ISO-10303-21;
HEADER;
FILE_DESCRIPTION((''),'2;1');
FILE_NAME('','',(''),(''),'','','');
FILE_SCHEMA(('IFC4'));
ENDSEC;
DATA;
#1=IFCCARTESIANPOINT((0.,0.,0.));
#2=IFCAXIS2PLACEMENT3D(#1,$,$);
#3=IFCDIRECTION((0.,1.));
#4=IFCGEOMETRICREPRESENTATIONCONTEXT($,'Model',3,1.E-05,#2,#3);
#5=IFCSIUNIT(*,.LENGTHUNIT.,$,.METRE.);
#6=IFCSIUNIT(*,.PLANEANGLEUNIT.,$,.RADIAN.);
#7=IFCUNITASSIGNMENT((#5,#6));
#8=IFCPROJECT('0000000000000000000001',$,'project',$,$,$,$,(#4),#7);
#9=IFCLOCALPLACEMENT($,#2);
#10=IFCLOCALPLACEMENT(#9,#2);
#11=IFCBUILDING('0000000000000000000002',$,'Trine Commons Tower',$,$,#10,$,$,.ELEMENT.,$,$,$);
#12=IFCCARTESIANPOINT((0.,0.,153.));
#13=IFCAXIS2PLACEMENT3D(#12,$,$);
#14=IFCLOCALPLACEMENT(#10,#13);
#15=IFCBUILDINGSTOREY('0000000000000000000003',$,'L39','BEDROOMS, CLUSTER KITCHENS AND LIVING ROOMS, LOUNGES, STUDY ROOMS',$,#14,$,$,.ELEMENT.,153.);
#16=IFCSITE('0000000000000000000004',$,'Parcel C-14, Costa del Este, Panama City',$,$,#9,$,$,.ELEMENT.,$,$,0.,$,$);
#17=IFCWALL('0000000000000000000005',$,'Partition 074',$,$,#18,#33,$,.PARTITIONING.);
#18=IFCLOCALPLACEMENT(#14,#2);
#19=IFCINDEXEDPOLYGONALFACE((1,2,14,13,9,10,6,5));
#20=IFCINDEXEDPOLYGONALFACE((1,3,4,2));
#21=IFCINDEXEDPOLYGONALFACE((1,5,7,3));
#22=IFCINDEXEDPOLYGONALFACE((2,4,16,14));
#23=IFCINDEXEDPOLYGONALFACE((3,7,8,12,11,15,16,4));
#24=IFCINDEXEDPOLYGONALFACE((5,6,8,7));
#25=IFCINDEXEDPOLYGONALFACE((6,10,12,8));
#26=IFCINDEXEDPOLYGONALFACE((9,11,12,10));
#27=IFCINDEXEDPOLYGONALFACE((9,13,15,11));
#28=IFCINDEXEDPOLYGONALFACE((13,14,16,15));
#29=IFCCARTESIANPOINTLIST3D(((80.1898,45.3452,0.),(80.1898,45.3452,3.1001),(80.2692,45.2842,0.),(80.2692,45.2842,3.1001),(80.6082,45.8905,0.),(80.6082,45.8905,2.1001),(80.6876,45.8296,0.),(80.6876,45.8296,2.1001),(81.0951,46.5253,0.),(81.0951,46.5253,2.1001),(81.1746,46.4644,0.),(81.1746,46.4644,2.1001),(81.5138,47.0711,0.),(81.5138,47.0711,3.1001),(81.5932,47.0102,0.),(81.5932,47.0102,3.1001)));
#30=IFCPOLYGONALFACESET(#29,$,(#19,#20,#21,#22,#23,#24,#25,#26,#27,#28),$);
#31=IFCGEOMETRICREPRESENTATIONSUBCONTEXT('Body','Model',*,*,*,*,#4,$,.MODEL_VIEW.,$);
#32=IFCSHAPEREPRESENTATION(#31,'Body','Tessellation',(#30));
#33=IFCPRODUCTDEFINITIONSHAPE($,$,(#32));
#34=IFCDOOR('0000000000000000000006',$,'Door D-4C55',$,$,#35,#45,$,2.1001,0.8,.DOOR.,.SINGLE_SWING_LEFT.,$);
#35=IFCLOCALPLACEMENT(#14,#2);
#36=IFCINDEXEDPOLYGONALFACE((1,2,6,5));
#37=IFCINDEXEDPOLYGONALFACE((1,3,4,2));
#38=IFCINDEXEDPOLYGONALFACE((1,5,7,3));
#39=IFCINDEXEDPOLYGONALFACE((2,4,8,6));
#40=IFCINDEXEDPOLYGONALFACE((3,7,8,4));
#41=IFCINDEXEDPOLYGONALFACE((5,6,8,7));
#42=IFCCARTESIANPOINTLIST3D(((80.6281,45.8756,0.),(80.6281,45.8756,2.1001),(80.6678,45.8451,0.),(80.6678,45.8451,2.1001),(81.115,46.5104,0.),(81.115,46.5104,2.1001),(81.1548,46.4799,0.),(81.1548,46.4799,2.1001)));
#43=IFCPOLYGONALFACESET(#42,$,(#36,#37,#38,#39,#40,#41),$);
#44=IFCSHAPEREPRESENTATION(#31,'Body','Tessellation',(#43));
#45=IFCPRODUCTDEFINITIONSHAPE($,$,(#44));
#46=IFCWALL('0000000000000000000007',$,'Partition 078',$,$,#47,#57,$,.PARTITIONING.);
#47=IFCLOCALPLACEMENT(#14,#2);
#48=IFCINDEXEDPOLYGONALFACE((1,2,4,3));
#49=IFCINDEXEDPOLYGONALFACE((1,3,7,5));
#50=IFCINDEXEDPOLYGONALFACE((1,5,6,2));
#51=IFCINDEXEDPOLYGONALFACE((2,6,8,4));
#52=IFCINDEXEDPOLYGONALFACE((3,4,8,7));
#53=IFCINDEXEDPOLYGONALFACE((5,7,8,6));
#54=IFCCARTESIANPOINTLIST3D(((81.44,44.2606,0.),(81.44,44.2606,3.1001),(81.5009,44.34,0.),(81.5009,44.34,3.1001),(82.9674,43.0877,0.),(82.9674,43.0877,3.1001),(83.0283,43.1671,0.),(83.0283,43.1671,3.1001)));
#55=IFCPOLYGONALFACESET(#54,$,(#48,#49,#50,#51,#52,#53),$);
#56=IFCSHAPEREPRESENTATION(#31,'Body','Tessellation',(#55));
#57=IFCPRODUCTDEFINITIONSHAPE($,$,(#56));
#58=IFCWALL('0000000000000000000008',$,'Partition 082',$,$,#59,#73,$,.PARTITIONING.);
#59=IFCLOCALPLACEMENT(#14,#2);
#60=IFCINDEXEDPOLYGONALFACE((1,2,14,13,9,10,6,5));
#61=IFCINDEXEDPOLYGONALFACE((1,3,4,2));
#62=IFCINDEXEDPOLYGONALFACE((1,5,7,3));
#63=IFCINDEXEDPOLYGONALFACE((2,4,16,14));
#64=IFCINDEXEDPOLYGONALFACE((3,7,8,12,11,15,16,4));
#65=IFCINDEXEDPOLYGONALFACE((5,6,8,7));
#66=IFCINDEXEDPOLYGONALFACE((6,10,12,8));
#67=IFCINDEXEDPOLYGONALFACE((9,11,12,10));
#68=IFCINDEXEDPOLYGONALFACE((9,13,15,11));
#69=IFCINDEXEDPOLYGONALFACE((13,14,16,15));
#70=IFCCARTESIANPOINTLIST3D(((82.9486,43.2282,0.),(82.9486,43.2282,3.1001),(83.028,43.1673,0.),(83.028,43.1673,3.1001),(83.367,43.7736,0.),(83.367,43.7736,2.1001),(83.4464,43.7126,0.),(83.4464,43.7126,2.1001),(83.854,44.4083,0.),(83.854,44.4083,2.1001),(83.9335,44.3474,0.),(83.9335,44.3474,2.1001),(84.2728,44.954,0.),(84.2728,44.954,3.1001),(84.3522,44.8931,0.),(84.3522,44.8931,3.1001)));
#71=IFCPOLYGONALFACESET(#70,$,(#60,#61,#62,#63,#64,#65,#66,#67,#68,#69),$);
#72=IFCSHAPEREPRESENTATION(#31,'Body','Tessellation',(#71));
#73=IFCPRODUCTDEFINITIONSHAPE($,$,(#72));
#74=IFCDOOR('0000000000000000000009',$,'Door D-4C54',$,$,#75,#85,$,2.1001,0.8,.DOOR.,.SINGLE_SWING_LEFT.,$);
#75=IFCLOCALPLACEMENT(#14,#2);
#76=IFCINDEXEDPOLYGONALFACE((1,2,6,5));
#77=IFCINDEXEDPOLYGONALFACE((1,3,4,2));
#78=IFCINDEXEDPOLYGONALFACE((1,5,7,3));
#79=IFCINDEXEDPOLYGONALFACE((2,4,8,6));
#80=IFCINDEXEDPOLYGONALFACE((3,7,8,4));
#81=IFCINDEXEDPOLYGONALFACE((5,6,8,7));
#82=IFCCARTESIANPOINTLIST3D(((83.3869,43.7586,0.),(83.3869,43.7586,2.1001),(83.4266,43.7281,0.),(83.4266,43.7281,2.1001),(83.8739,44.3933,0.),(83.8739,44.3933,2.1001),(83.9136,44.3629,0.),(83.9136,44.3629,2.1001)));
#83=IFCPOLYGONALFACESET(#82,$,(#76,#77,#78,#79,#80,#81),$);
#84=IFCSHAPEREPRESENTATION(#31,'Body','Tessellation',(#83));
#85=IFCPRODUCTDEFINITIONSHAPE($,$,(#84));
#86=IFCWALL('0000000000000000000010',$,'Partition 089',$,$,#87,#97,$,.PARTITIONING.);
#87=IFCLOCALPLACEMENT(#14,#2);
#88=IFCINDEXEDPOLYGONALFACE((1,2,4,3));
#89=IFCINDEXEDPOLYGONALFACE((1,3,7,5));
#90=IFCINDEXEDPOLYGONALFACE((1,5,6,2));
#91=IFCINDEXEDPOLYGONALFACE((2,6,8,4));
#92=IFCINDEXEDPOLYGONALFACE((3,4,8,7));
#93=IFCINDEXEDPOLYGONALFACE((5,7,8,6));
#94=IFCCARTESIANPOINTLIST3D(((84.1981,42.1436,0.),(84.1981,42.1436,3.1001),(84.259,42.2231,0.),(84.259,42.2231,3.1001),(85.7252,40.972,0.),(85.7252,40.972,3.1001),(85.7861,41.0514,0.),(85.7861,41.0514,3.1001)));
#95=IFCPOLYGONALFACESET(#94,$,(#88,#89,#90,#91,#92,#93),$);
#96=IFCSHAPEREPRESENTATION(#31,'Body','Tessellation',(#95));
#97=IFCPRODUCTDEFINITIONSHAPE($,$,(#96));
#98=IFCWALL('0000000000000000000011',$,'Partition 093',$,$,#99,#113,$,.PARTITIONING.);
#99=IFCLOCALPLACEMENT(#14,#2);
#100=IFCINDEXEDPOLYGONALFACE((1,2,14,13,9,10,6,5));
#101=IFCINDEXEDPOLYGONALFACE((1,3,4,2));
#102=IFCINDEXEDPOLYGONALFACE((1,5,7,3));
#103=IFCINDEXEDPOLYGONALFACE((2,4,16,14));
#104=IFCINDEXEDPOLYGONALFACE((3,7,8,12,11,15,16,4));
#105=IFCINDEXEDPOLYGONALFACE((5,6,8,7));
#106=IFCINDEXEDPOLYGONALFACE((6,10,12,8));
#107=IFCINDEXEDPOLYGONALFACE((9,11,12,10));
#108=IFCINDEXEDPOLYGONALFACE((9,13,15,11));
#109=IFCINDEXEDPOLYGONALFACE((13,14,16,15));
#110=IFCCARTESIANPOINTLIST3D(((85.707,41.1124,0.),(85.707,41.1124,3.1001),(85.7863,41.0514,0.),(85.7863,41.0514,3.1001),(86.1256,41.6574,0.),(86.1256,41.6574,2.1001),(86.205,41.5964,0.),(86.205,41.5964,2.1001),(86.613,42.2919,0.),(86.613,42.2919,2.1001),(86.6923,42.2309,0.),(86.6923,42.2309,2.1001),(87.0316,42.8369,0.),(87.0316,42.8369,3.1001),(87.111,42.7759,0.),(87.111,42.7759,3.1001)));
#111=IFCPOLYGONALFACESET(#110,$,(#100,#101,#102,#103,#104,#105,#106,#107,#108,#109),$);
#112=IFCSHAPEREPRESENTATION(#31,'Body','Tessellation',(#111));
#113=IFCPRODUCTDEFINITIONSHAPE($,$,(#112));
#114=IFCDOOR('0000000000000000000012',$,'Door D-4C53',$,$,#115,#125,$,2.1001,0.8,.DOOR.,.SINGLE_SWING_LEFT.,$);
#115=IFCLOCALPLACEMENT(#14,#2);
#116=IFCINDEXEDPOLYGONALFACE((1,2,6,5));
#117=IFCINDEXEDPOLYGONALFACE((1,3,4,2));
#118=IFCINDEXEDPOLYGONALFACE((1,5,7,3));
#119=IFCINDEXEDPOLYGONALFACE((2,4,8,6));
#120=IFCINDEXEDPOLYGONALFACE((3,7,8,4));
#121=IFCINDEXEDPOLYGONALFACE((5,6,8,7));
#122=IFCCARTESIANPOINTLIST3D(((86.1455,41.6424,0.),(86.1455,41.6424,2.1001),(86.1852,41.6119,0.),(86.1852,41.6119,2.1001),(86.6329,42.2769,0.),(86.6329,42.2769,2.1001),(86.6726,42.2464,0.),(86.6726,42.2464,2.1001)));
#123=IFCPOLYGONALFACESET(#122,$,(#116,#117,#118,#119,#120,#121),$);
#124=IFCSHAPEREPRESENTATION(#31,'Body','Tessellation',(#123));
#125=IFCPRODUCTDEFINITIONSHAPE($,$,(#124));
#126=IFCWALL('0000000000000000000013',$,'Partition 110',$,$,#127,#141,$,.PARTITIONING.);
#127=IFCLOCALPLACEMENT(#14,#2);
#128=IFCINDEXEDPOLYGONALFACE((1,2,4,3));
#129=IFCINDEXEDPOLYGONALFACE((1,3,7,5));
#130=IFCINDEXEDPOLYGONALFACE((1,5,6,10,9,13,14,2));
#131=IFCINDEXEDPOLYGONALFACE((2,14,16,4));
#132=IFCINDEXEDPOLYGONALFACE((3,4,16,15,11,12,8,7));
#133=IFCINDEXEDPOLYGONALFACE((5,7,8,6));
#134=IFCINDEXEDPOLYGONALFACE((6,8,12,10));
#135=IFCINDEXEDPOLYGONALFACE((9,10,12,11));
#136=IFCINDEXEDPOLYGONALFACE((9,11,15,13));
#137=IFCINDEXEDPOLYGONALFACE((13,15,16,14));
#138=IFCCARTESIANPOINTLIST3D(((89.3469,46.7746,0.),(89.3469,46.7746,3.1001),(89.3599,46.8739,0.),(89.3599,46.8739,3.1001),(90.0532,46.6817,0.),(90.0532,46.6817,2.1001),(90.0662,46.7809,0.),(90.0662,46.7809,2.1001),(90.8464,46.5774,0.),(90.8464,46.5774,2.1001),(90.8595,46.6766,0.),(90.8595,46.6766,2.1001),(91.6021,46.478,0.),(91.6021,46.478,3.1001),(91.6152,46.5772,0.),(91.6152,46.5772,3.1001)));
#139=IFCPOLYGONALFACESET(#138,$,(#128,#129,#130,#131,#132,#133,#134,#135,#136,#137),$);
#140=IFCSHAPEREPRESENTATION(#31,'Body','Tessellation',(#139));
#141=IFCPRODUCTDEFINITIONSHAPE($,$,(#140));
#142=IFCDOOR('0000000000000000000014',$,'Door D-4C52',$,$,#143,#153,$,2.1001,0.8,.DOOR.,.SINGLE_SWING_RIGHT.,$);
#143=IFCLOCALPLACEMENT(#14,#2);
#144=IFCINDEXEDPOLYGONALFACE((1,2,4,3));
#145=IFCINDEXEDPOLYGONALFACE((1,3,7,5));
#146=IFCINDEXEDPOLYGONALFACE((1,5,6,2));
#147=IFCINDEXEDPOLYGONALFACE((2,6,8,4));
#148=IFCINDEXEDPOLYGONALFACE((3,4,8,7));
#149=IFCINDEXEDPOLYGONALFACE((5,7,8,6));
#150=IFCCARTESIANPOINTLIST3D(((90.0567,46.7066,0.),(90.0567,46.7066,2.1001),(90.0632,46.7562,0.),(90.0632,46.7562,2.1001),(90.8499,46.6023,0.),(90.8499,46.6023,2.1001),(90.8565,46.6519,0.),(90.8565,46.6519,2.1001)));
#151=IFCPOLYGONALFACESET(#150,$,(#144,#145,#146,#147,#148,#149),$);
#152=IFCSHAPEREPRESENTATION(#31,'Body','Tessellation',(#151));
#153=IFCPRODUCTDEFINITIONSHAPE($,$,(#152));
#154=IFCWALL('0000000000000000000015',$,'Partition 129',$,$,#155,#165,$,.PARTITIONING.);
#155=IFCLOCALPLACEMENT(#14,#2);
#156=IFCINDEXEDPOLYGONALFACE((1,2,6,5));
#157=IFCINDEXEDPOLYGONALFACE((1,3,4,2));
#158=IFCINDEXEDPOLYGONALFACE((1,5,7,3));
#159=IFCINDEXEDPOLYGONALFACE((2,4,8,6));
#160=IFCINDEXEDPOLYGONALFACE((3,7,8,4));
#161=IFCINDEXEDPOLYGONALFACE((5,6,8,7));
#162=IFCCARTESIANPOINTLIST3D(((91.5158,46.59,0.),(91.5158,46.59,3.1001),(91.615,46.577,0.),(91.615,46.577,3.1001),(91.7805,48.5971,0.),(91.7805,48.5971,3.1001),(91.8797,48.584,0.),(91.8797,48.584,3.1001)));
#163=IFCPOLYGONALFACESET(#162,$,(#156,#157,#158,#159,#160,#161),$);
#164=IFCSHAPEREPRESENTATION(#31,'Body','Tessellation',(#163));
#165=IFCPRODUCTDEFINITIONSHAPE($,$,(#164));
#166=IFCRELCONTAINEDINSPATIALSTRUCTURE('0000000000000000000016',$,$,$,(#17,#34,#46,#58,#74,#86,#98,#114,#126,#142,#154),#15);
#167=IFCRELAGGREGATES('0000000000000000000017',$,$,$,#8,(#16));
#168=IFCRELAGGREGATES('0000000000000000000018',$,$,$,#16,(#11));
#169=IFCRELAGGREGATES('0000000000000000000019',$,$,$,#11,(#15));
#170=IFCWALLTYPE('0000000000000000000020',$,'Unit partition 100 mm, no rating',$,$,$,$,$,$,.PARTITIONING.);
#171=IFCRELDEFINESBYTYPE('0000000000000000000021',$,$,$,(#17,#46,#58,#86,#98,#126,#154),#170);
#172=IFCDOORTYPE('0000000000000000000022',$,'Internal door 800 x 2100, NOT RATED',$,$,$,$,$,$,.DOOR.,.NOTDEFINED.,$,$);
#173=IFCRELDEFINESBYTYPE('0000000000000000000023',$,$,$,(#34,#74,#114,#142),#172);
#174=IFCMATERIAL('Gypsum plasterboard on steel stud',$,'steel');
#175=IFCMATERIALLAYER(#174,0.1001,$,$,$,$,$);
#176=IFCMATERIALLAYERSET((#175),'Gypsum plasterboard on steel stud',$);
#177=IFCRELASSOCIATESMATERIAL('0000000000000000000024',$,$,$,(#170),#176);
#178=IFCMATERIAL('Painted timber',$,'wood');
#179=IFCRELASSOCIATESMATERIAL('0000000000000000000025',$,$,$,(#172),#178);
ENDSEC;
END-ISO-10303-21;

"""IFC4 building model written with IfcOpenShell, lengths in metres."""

from ifc_helpers import new_model, si_unit, direction, frame, frame_2d, origin, place, context, subcontext, project, spatial, rectangle, extrude, material, layer, layer_set, type_object, element, fill, save


model = new_model("IFC4")

# Units and contexts
model_context = context("Model", 3, precision=1e-05, world=origin(), true_north=direction((0.0, 1.0)))
body_context = subcontext(model_context, "Body", "Model", "MODEL_VIEW")
ifc_project = project(units=[si_unit("LENGTHUNIT", "METRE"), si_unit("PLANEANGLEUNIT", "RADIAN")], contexts=[model_context])

# Site, building, storey
site_placement = place(None, origin())
site = spatial("IfcSite", under=ifc_project, at=site_placement, Name="Parcel C-14, Costa del Este, Panama City", CompositionType="ELEMENT", RefElevation=0.0)
building_placement = place(site_placement, origin())
building = spatial("IfcBuilding", under=site, at=building_placement, Name="Trine Commons Tower", CompositionType="ELEMENT")
storey_placement = place(building_placement, frame((0.0, 0.0, 153.0)))
storey = spatial("IfcBuildingStorey", under=building, at=storey_placement, Name="L39", Description="BEDROOMS, CLUSTER KITCHENS AND LIVING ROOMS, LOUNGES, STUDY ROOMS", CompositionType="ELEMENT", Elevation=153.0)

# Shared definitions
ifc_material_1 = material(Name="Gypsum plasterboard on steel stud", Category="steel")

# Shared definitions
ifc_material_2 = material(Name="Painted timber", Category="wood")

# Wall, opening, door
ifc_layer_1 = layer(ifc_material_1, 0.1001)
ifc_layer_set_1 = layer_set([ifc_layer_1], Name="Gypsum plasterboard on steel stud")
wall_type_1 = type_object("IfcWallType", Name="Unit partition 100 mm, no rating", PredefinedType="PARTITIONING", material=ifc_layer_set_1)
wall_1_placement = place(storey_placement, frame((80.2295, 45.3147, 0.0), z_axis=(0.0, 0.0, 1.0), x_axis=(0.608674, 0.79342, 0.0)))
wall_1 = element("IfcWall", 1, at=wall_1_placement, inside=storey, type_object=wall_type_1, Name="Partition 074", PredefinedType="PARTITIONING", context=body_context, shape_type="SweptSolid", body=[
    extrude(rectangle(XDim=2.1753, YDim=0.1001, at=frame_2d((1.0876, 0.0))), origin(), (0.0, 0.0, 1.0), 3.1001),
])
opening_1_placement = place(wall_1_placement, frame((0.6875, 0.0, 0.0)))
opening_1 = element("IfcOpeningElement", 2, at=opening_1_placement, cuts=wall_1, PredefinedType="OPENING", context=body_context, shape_type="SweptSolid", body=[
    extrude(rectangle(XDim=0.8, YDim=2.1001, at=frame_2d((0.3999, 1.05))), frame((0.0, 0.0601, 0.0), z_axis=(0.0, -1.0, 0.0), x_axis=(1.0, 0.0, 0.0)), (0.0, 0.0, 1.0), 0.1201),
])
door_type_1 = type_object("IfcDoorType", Name="Internal door 800 x 2100, NOT RATED", OperationType="NOTDEFINED", PredefinedType="DOOR", material=ifc_material_2)
door_1_placement = place(opening_1_placement, frame((0.8, 0.0, 0.0), z_axis=(0.0, 0.0, 1.0), x_axis=(-1.0, 0.0, 0.0)))
door_1 = element("IfcDoor", 3, at=door_1_placement, inside=storey, type_object=door_type_1, Name="Door D-4C55", OperationType="SINGLE_SWING_LEFT", OverallHeight=2.1001, OverallWidth=0.8, PredefinedType="DOOR", context=body_context, shape_type="SweptSolid", body=[
    extrude(rectangle(XDim=0.8, YDim=2.1001, at=frame_2d((0.3999, 1.05))), frame((0.0, 0.0249, 0.0), z_axis=(0.0, -1.0, 0.0), x_axis=(1.0, 0.0, 0.0)), (0.0, 0.0, 1.0), 0.05),
])
fill(opening_1, door_1)

# Wall
wall_2_placement = place(storey_placement, frame((81.4705, 44.3003, 0.0), z_axis=(0.0, 0.0, 1.0), x_axis=(0.793133, -0.609049, 0.0)))
element("IfcWall", 4, at=wall_2_placement, inside=storey, type_object=wall_type_1, Name="Partition 078", PredefinedType="PARTITIONING", context=body_context, shape_type="SweptSolid", body=[
    extrude(rectangle(XDim=1.9258, YDim=0.1001, at=frame_2d((0.9629, 0.0))), origin(), (0.0, 0.0, 1.0), 3.1001),
])

# Wall, opening, door
wall_3_placement = place(storey_placement, frame((82.9883, 43.1978, 0.0), z_axis=(0.0, 0.0, 1.0), x_axis=(0.608745, 0.793366, 0.0)))
wall_3 = element("IfcWall", 5, at=wall_3_placement, inside=storey, type_object=wall_type_1, Name="Partition 082", PredefinedType="PARTITIONING", context=body_context, shape_type="SweptSolid", body=[
    extrude(rectangle(XDim=2.1753, YDim=0.1001, at=frame_2d((1.0876, 0.0))), origin(), (0.0, 0.0, 1.0), 3.1001),
])
opening_2_placement = place(wall_3_placement, frame((0.6875, 0.0, 0.0)))
opening_2 = element("IfcOpeningElement", 6, at=opening_2_placement, cuts=wall_3, PredefinedType="OPENING", context=body_context, shape_type="SweptSolid", body=[
    extrude(rectangle(XDim=0.8, YDim=2.1001, at=frame_2d((0.3999, 1.05))), frame((0.0, 0.0601, 0.0), z_axis=(0.0, -1.0, 0.0), x_axis=(1.0, 0.0, 0.0)), (0.0, 0.0, 1.0), 0.1201),
])
door_2_placement = place(opening_2_placement, frame((0.8, 0.0, 0.0), z_axis=(0.0, 0.0, 1.0), x_axis=(-1.0, 0.0, 0.0)))
door_2 = element("IfcDoor", 7, at=door_2_placement, inside=storey, type_object=door_type_1, Name="Door D-4C54", OperationType="SINGLE_SWING_LEFT", OverallHeight=2.1001, OverallWidth=0.8, PredefinedType="DOOR", context=body_context, shape_type="SweptSolid", body=[
    extrude(rectangle(XDim=0.8, YDim=2.1001, at=frame_2d((0.3999, 1.05))), frame((0.0, 0.0249, 0.0), z_axis=(0.0, -1.0, 0.0), x_axis=(1.0, 0.0, 0.0)), (0.0, 0.0, 1.0), 0.05),
])
fill(opening_2, door_2)

# Wall
wall_4_placement = place(storey_placement, frame((84.2285, 42.1833, 0.0), z_axis=(0.0, 0.0, 1.0), x_axis=(0.793392, -0.608711, 0.0)))
element("IfcWall", 8, at=wall_4_placement, inside=storey, type_object=wall_type_1, Name="Partition 089", PredefinedType="PARTITIONING", context=body_context, shape_type="SweptSolid", body=[
    extrude(rectangle(XDim=1.9248, YDim=0.1001, at=frame_2d((0.9624, 0.0))), origin(), (0.0, 0.0, 1.0), 3.1001),
])

# Walls, openings, doors
wall_5_placement = place(storey_placement, frame((85.7466, 41.0818, 0.0), z_axis=(0.0, 0.0, 1.0), x_axis=(0.609157, 0.793049, 0.0)))
wall_5 = element("IfcWall", 9, at=wall_5_placement, inside=storey, type_object=wall_type_1, Name="Partition 093", PredefinedType="PARTITIONING", context=body_context, shape_type="SweptSolid", body=[
    extrude(rectangle(XDim=2.1746, YDim=0.1001, at=frame_2d((1.0874, 0.0))), origin(), (0.0, 0.0, 1.0), 3.1001),
])
opening_3_placement = place(wall_5_placement, frame((0.6875, 0.0, 0.0)))
opening_3 = element("IfcOpeningElement", 10, at=opening_3_placement, cuts=wall_5, PredefinedType="OPENING", context=body_context, shape_type="SweptSolid", body=[
    extrude(rectangle(XDim=0.8, YDim=2.1001, at=frame_2d((0.3999, 1.05))), frame((0.0, 0.0601, 0.0), z_axis=(0.0, -1.0, 0.0), x_axis=(1.0, 0.0, 0.0)), (0.0, 0.0, 1.0), 0.1201),
])
door_3_placement = place(opening_3_placement, frame((0.8, 0.0, 0.0), z_axis=(0.0, 0.0, 1.0), x_axis=(-1.0, 0.0, 0.0)))
door_3 = element("IfcDoor", 11, at=door_3_placement, inside=storey, type_object=door_type_1, Name="Door D-4C53", OperationType="SINGLE_SWING_LEFT", OverallHeight=2.1001, OverallWidth=0.8, PredefinedType="DOOR", context=body_context, shape_type="SweptSolid", body=[
    extrude(rectangle(XDim=0.8, YDim=2.1001, at=frame_2d((0.3999, 1.05))), frame((0.0, 0.0249, 0.0), z_axis=(0.0, -1.0, 0.0), x_axis=(1.0, 0.0, 0.0)), (0.0, 0.0, 1.0), 0.05),
])
fill(opening_3, door_3)
wall_6_placement = place(storey_placement, frame((89.3535, 46.8242, 0.0), z_axis=(0.0, 0.0, 1.0), x_axis=(0.99146, -0.130413, 0.0)))
wall_6 = element("IfcWall", 12, at=wall_6_placement, inside=storey, type_object=wall_type_1, Name="Partition 110", PredefinedType="PARTITIONING", context=body_context, shape_type="SweptSolid", body=[
    extrude(rectangle(XDim=2.2747, YDim=0.1001, at=frame_2d((1.1372, 0.0))), origin(), (0.0, 0.0, 1.0), 3.1001),
])
opening_4_placement = place(wall_6_placement, frame((0.7124, 0.0, 0.0)))
opening_4 = element("IfcOpeningElement", 13, at=opening_4_placement, cuts=wall_6, PredefinedType="OPENING", context=body_context, shape_type="SweptSolid", body=[
    extrude(rectangle(XDim=0.8, YDim=2.1001, at=frame_2d((0.3999, 1.05))), frame((0.0, 0.0601, 0.0), z_axis=(0.0, -1.0, 0.0), x_axis=(1.0, 0.0, 0.0)), (0.0, 0.0, 1.0), 0.1201),
])
door_4_placement = place(opening_4_placement, frame((0.8, 0.0, 0.0), z_axis=(0.0, 0.0, 1.0), x_axis=(-1.0, 0.0, 0.0)))
door_4 = element("IfcDoor", 14, at=door_4_placement, inside=storey, type_object=door_type_1, Name="Door D-4C52", OperationType="SINGLE_SWING_RIGHT", OverallHeight=2.1001, OverallWidth=0.8, PredefinedType="DOOR", context=body_context, shape_type="SweptSolid", body=[
    extrude(rectangle(XDim=0.8, YDim=2.1001, at=frame_2d((0.3999, 1.05))), frame((0.0, 0.0249, 0.0), z_axis=(0.0, -1.0, 0.0), x_axis=(1.0, 0.0, 0.0)), (0.0, 0.0, 1.0), 0.05),
])
fill(opening_4, door_4)

# Wall
wall_7_placement = place(storey_placement, frame((91.5654, 46.5835, 0.0), z_axis=(0.0, 0.0, 1.0), x_axis=(0.130726, 0.991419, 0.0)))
element("IfcWall", 15, at=wall_7_placement, inside=storey, type_object=wall_type_1, Name="Partition 129", PredefinedType="PARTITIONING", context=body_context, shape_type="SweptSolid", body=[
    extrude(rectangle(XDim=2.0244, YDim=0.1001, at=frame_2d((1.0122, 0.0))), origin(), (0.0, 0.0, 1.0), 3.1001),
])

save(model, "model.ifc")
